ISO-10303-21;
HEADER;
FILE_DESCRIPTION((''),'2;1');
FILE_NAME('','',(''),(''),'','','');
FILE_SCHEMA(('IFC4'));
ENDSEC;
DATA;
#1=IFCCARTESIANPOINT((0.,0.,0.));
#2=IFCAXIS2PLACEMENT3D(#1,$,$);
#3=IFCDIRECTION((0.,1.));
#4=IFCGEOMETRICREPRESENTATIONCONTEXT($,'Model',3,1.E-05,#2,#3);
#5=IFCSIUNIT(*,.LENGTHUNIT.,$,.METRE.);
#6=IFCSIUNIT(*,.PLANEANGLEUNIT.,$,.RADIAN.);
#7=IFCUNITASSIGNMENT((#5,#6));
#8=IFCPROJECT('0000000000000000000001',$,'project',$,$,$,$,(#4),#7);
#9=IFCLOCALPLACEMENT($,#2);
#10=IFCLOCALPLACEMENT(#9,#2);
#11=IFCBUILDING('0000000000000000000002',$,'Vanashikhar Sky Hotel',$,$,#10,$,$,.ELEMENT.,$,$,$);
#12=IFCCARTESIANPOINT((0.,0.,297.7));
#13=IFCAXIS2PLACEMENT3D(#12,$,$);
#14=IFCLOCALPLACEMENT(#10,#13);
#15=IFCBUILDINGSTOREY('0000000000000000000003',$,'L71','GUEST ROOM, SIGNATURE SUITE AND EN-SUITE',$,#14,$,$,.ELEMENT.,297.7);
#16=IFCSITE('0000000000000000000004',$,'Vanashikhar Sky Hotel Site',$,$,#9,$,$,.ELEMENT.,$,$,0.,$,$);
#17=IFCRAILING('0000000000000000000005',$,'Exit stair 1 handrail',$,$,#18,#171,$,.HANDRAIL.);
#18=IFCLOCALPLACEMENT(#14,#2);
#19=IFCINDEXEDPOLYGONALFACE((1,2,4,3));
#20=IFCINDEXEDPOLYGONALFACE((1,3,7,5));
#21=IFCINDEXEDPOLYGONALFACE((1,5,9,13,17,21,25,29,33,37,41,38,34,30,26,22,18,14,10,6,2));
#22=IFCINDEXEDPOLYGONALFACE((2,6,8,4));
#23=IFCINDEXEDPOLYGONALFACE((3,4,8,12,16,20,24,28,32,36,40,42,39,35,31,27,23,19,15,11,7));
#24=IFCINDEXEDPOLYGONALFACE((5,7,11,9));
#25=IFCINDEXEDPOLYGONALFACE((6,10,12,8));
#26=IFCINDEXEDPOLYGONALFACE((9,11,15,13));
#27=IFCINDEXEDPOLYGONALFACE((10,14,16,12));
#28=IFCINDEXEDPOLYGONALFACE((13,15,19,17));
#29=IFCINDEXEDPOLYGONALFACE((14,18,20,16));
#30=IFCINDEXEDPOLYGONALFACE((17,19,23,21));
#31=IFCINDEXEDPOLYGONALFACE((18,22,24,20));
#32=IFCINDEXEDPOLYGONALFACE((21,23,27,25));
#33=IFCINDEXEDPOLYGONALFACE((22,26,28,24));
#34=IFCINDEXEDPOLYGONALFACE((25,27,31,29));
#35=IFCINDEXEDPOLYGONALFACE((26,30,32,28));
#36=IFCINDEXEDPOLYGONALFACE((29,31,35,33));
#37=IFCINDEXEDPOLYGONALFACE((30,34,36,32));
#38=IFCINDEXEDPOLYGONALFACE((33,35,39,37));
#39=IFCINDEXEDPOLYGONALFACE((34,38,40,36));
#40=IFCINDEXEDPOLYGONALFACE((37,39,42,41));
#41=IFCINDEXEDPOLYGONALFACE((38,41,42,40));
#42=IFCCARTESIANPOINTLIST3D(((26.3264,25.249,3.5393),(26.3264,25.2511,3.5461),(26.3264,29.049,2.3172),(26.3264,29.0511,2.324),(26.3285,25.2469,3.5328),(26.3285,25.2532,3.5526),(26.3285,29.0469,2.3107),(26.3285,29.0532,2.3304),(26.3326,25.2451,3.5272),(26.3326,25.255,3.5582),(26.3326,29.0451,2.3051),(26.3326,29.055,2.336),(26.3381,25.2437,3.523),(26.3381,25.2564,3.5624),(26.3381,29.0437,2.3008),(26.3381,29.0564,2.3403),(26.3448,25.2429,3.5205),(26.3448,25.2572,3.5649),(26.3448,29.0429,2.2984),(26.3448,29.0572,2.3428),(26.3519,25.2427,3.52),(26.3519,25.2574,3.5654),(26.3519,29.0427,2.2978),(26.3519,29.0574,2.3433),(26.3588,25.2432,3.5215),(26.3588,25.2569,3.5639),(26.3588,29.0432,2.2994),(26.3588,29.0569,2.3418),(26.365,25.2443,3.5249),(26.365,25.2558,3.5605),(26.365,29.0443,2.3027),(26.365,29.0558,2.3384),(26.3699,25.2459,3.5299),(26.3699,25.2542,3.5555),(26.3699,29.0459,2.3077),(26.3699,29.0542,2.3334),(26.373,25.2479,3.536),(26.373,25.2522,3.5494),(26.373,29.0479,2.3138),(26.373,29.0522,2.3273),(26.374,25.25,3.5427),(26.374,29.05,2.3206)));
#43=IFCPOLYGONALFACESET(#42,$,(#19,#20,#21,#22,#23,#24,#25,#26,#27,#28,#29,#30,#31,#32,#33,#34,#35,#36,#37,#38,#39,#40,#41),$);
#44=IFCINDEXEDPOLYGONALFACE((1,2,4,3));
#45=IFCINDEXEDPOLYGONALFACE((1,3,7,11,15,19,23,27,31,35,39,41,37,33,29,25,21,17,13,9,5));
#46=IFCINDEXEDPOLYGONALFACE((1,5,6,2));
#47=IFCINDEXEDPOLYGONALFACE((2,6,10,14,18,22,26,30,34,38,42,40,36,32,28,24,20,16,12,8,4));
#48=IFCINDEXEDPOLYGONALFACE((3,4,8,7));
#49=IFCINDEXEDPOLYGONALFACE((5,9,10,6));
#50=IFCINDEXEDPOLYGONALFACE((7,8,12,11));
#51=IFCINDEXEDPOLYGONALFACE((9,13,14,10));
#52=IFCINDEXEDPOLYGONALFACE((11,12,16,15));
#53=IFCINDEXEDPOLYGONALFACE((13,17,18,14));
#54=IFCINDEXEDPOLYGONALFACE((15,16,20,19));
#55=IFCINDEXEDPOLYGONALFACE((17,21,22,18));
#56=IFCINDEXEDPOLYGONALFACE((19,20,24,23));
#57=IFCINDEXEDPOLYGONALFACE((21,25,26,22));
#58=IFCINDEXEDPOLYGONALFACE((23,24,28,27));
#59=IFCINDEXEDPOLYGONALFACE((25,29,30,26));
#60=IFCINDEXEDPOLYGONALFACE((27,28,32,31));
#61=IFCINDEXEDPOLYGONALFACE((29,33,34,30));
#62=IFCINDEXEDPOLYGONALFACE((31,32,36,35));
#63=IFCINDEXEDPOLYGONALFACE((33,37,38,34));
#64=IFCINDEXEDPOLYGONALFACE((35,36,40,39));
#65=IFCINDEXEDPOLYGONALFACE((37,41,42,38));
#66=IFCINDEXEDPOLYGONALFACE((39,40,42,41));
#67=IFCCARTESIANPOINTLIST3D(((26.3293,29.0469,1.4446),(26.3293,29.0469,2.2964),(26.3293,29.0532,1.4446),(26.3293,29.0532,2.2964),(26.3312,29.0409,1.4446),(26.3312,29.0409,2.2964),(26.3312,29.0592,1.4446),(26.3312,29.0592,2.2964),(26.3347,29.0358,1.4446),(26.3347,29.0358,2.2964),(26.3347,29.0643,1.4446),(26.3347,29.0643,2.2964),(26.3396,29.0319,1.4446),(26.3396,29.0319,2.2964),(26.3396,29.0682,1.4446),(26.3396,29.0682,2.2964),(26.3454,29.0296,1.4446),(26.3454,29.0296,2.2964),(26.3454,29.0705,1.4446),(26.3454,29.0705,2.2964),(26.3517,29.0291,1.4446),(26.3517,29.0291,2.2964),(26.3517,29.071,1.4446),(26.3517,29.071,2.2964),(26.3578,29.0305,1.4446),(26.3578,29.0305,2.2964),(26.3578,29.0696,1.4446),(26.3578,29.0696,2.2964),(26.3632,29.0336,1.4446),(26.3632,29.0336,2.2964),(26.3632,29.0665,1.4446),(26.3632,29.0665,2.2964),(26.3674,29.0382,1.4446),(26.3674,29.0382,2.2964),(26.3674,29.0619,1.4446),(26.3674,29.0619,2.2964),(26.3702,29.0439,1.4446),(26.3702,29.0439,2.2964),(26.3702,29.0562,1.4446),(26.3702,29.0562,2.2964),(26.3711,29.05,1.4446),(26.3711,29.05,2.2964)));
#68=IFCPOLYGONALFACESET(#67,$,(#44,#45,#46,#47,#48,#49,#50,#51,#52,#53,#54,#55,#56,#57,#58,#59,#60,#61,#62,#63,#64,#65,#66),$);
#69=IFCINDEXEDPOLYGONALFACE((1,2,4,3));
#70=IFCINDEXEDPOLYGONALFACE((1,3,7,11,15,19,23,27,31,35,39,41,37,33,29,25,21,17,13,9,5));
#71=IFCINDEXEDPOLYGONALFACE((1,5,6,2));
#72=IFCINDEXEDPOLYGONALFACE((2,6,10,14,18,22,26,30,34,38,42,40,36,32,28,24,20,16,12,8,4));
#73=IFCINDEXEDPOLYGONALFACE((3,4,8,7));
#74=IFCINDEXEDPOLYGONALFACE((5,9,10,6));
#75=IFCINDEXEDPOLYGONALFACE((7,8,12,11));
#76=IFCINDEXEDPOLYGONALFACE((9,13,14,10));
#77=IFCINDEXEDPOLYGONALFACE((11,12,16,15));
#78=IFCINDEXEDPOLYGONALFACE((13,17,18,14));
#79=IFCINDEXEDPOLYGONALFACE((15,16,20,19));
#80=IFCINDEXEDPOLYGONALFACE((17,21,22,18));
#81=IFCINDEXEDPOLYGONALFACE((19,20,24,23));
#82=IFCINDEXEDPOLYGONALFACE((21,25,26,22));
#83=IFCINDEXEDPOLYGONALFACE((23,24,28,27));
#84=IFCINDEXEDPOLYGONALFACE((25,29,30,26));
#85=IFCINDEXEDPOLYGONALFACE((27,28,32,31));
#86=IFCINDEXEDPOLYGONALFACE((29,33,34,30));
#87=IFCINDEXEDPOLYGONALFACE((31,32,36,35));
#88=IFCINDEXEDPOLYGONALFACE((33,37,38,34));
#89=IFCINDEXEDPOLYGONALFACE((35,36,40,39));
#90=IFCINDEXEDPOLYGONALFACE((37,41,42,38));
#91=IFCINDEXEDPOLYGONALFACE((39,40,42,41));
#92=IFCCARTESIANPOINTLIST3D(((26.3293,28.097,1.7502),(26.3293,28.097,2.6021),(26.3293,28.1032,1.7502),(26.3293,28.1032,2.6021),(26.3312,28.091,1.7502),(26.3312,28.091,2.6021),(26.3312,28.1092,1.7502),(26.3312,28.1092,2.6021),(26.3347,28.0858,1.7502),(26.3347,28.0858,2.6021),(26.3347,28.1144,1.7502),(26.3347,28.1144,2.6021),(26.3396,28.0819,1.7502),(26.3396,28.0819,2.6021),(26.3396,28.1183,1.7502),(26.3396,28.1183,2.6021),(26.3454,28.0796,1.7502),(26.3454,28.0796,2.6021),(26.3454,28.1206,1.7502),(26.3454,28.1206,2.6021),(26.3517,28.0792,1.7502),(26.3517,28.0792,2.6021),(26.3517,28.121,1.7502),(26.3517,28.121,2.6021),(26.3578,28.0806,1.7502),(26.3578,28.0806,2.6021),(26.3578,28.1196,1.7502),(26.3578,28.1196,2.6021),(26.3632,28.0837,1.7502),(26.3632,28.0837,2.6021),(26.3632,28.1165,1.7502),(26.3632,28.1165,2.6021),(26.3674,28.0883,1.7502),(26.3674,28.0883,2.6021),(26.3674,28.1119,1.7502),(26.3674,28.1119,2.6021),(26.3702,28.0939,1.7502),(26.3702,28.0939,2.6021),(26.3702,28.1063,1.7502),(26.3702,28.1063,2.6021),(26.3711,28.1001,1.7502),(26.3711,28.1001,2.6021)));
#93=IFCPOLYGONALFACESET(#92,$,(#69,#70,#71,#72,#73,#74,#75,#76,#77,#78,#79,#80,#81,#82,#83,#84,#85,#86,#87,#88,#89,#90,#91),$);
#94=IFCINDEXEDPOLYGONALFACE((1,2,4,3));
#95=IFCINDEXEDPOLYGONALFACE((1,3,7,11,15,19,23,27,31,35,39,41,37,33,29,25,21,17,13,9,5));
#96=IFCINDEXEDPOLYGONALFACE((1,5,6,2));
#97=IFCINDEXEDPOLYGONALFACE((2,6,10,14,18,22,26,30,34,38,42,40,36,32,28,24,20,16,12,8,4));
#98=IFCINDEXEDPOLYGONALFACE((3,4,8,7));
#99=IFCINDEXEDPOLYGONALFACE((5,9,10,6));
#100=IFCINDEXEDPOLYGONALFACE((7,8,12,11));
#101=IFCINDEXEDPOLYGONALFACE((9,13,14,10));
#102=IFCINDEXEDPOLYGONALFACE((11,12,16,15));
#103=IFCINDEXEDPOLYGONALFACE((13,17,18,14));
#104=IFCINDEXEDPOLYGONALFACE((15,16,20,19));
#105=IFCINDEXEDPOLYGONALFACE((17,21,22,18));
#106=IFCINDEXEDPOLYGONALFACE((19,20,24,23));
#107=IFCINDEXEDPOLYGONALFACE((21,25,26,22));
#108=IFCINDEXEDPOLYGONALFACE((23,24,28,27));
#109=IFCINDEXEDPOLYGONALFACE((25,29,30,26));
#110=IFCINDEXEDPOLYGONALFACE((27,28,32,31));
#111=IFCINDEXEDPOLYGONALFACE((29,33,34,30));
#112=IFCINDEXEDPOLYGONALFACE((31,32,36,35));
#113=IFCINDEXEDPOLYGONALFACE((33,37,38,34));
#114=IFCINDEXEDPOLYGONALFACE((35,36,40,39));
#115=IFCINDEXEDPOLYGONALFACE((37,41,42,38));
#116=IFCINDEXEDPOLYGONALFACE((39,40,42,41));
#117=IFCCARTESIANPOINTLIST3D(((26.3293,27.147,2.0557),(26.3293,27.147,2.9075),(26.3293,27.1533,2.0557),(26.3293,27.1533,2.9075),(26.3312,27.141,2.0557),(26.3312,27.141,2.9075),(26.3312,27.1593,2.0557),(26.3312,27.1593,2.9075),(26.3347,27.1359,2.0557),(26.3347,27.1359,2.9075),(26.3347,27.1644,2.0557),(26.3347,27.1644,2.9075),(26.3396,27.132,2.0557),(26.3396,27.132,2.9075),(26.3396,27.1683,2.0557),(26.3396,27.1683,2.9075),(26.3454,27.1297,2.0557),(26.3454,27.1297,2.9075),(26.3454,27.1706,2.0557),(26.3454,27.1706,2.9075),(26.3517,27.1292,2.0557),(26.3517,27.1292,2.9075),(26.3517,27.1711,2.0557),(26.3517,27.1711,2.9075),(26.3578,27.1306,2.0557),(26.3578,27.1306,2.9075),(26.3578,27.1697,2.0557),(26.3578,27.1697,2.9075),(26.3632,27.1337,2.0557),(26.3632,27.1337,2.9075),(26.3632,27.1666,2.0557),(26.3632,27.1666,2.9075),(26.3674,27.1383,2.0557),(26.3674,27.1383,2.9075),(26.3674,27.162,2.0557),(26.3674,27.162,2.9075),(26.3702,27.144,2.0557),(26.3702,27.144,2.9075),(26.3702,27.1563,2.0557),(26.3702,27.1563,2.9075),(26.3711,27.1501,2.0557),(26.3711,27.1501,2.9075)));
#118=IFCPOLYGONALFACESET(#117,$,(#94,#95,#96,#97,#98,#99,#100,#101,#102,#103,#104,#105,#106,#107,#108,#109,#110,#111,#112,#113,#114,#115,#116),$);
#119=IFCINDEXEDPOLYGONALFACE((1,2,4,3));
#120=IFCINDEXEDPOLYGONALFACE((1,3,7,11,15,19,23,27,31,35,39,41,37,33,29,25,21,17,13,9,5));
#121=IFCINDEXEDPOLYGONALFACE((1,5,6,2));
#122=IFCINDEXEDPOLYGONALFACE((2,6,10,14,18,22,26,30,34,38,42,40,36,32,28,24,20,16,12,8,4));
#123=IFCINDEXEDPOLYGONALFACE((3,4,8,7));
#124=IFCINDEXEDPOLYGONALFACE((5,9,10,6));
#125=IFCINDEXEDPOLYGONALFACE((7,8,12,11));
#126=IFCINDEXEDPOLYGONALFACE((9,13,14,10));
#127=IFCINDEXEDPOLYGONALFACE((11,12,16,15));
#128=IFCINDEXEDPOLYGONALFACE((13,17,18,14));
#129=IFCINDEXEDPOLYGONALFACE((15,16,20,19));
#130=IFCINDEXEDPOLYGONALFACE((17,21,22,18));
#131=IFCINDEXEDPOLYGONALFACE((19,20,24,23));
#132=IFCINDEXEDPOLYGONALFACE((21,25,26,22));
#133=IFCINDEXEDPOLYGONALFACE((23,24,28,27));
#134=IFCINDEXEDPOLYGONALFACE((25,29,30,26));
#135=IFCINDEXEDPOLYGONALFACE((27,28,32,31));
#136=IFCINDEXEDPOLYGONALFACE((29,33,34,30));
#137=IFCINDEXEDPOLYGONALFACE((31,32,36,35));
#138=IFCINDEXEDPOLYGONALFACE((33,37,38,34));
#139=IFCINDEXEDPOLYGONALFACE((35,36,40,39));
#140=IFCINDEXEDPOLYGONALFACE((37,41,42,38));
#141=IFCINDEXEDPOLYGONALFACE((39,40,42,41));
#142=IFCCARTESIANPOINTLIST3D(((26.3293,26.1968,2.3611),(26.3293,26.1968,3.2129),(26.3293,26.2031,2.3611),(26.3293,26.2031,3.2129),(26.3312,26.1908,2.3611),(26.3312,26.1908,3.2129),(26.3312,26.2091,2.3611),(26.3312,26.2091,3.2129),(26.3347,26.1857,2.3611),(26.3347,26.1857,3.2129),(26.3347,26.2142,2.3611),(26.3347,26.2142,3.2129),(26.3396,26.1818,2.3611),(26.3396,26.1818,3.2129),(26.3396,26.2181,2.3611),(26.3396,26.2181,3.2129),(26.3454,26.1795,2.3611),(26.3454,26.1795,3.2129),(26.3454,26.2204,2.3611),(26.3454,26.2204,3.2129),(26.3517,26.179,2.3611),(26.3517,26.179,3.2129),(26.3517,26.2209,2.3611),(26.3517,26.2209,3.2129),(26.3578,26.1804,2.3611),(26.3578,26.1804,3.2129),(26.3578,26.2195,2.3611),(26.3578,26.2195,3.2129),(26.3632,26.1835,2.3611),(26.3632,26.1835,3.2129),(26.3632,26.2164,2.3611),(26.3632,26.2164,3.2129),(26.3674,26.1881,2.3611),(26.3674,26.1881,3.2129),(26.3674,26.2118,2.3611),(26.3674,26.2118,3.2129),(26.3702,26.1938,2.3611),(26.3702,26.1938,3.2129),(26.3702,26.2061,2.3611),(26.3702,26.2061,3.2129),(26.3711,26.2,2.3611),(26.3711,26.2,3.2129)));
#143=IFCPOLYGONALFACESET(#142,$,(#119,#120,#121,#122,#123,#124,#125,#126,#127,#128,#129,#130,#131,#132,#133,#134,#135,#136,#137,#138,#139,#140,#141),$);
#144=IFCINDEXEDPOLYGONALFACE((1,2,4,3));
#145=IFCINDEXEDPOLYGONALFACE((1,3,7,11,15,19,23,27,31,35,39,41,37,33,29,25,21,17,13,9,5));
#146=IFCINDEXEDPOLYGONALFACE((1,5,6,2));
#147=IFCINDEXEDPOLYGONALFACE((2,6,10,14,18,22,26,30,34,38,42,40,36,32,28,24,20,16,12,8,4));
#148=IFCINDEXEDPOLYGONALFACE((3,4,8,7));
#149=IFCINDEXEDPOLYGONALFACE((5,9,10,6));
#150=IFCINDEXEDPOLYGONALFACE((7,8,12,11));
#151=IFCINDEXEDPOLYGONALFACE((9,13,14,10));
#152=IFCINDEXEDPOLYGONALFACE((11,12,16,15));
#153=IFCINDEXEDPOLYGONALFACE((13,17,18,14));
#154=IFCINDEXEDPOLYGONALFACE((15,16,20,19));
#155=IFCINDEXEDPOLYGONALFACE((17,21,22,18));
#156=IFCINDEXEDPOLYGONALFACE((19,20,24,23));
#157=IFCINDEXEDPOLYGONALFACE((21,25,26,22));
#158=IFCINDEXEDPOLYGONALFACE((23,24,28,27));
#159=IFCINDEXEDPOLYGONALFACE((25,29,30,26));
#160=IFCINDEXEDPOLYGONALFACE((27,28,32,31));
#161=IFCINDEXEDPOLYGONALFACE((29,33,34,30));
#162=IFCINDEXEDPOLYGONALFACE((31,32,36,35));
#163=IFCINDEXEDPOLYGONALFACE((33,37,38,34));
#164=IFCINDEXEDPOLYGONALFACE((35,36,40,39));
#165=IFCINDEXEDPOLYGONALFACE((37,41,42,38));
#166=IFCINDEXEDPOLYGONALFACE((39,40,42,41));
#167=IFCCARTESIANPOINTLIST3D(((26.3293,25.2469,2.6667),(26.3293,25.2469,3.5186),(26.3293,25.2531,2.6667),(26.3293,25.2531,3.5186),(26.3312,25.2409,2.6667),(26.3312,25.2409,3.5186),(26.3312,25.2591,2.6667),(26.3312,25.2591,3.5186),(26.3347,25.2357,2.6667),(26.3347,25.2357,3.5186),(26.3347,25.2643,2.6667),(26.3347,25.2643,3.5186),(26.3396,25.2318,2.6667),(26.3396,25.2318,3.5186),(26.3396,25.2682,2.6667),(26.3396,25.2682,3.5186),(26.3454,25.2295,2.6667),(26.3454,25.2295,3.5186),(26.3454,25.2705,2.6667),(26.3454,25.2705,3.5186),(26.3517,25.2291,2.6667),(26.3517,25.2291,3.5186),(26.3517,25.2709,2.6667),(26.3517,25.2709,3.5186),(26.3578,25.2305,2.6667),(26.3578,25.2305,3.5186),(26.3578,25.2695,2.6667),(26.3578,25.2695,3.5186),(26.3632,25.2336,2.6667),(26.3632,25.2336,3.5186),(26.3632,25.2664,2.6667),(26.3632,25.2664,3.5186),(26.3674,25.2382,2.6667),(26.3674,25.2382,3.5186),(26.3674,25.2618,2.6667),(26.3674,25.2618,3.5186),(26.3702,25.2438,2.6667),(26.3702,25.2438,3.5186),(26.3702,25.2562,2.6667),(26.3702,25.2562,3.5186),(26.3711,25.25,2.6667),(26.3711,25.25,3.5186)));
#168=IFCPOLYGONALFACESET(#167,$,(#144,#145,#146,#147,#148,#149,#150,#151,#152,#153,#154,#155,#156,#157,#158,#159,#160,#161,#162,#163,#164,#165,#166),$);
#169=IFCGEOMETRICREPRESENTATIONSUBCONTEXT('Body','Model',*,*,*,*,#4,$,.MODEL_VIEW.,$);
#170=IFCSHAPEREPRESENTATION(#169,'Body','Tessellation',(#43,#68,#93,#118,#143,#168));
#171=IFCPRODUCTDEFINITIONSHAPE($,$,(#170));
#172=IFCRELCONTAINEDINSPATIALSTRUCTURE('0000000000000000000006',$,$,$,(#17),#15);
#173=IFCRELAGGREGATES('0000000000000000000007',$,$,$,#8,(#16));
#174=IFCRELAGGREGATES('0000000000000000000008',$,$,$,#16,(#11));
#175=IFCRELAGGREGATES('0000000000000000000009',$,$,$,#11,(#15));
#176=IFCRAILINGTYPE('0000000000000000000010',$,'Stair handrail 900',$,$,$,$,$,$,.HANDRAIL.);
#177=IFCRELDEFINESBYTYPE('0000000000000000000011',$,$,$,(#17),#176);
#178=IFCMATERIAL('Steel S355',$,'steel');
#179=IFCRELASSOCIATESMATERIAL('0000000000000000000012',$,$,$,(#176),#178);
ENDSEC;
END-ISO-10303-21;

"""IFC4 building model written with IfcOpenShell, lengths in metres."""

from ifc_helpers import new_model, si_unit, direction, frame, origin, origin_2d, place, context, subcontext, project, spatial, circle, extrude, source, transform, mapped, material, type_object, element, save


model = new_model("IFC4")

# Units and contexts
model_context = context("Model", 3, precision=1e-05, world=origin(), true_north=direction((0.0, 1.0)))
body_context = subcontext(model_context, "Body", "Model", "MODEL_VIEW")
ifc_project = project(units=[si_unit("LENGTHUNIT", "METRE"), si_unit("PLANEANGLEUNIT", "RADIAN")], contexts=[model_context])

# Site, building, storey
site_placement = place(None, origin())
site = spatial("IfcSite", under=ifc_project, at=site_placement, Name="Vanashikhar Sky Hotel Site", CompositionType="ELEMENT", RefElevation=0.0)
building_placement = place(site_placement, origin())
building = spatial("IfcBuilding", under=site, at=building_placement, Name="Vanashikhar Sky Hotel", CompositionType="ELEMENT")
storey_placement = place(building_placement, frame((0.0, 0.0, 297.7)))
storey = spatial("IfcBuildingStorey", under=building, at=storey_placement, Name="L71", Description="GUEST ROOM, SIGNATURE SUITE AND EN-SUITE", CompositionType="ELEMENT", Elevation=297.7)

# Railing
ifc_material_1 = material(Name="Steel S355", Category="steel")
railing_type_1 = type_object("IfcRailingType", Name="Stair handrail 900", PredefinedType="HANDRAIL", material=ifc_material_1)
shared_shape_1 = source(origin(), body_context, "Body", "SweptSolid", [
    extrude(circle(Radius=0.0239, at=origin_2d()), frame((0.0, 0.0, 0.876), z_axis=(0.0, -0.951976, 0.306173), x_axis=(1.0, 0.0, 0.0)), (0.0, 0.0, 1.0), 3.9917),
    extrude(circle(Radius=0.021, at=origin_2d()), origin(), (0.0, 0.0, 1.0), 0.8518),
    extrude(circle(Radius=0.021, at=origin_2d()), frame((0.0, -0.95, 0.3057)), (0.0, 0.0, 1.0), 0.8518),
    extrude(circle(Radius=0.021, at=origin_2d()), frame((0.0, -1.8999, 0.6111)), (0.0, 0.0, 1.0), 0.8518),
    extrude(circle(Radius=0.021, at=origin_2d()), frame((0.0, -2.8501, 0.9165)), (0.0, 0.0, 1.0), 0.8518),
    extrude(circle(Radius=0.021, at=origin_2d()), frame((0.0, -3.8, 1.2222)), (0.0, 0.0, 1.0), 0.8518),
])
for number, where, name in (
    (1, (26.3501, 29.05, 1.4446), "Exit stair 1 handrail"),
):
    element("IfcRailing", number, at=place(storey_placement, frame(where)), inside=storey, type_object=railing_type_1, Name=name, PredefinedType="HANDRAIL", context=body_context, shape_type="MappedRepresentation", body=[
        mapped(shared_shape_1, transform((0.0, 0.0, 0.0), scale=1.0)),
    ])

save(model, "model.ifc")
